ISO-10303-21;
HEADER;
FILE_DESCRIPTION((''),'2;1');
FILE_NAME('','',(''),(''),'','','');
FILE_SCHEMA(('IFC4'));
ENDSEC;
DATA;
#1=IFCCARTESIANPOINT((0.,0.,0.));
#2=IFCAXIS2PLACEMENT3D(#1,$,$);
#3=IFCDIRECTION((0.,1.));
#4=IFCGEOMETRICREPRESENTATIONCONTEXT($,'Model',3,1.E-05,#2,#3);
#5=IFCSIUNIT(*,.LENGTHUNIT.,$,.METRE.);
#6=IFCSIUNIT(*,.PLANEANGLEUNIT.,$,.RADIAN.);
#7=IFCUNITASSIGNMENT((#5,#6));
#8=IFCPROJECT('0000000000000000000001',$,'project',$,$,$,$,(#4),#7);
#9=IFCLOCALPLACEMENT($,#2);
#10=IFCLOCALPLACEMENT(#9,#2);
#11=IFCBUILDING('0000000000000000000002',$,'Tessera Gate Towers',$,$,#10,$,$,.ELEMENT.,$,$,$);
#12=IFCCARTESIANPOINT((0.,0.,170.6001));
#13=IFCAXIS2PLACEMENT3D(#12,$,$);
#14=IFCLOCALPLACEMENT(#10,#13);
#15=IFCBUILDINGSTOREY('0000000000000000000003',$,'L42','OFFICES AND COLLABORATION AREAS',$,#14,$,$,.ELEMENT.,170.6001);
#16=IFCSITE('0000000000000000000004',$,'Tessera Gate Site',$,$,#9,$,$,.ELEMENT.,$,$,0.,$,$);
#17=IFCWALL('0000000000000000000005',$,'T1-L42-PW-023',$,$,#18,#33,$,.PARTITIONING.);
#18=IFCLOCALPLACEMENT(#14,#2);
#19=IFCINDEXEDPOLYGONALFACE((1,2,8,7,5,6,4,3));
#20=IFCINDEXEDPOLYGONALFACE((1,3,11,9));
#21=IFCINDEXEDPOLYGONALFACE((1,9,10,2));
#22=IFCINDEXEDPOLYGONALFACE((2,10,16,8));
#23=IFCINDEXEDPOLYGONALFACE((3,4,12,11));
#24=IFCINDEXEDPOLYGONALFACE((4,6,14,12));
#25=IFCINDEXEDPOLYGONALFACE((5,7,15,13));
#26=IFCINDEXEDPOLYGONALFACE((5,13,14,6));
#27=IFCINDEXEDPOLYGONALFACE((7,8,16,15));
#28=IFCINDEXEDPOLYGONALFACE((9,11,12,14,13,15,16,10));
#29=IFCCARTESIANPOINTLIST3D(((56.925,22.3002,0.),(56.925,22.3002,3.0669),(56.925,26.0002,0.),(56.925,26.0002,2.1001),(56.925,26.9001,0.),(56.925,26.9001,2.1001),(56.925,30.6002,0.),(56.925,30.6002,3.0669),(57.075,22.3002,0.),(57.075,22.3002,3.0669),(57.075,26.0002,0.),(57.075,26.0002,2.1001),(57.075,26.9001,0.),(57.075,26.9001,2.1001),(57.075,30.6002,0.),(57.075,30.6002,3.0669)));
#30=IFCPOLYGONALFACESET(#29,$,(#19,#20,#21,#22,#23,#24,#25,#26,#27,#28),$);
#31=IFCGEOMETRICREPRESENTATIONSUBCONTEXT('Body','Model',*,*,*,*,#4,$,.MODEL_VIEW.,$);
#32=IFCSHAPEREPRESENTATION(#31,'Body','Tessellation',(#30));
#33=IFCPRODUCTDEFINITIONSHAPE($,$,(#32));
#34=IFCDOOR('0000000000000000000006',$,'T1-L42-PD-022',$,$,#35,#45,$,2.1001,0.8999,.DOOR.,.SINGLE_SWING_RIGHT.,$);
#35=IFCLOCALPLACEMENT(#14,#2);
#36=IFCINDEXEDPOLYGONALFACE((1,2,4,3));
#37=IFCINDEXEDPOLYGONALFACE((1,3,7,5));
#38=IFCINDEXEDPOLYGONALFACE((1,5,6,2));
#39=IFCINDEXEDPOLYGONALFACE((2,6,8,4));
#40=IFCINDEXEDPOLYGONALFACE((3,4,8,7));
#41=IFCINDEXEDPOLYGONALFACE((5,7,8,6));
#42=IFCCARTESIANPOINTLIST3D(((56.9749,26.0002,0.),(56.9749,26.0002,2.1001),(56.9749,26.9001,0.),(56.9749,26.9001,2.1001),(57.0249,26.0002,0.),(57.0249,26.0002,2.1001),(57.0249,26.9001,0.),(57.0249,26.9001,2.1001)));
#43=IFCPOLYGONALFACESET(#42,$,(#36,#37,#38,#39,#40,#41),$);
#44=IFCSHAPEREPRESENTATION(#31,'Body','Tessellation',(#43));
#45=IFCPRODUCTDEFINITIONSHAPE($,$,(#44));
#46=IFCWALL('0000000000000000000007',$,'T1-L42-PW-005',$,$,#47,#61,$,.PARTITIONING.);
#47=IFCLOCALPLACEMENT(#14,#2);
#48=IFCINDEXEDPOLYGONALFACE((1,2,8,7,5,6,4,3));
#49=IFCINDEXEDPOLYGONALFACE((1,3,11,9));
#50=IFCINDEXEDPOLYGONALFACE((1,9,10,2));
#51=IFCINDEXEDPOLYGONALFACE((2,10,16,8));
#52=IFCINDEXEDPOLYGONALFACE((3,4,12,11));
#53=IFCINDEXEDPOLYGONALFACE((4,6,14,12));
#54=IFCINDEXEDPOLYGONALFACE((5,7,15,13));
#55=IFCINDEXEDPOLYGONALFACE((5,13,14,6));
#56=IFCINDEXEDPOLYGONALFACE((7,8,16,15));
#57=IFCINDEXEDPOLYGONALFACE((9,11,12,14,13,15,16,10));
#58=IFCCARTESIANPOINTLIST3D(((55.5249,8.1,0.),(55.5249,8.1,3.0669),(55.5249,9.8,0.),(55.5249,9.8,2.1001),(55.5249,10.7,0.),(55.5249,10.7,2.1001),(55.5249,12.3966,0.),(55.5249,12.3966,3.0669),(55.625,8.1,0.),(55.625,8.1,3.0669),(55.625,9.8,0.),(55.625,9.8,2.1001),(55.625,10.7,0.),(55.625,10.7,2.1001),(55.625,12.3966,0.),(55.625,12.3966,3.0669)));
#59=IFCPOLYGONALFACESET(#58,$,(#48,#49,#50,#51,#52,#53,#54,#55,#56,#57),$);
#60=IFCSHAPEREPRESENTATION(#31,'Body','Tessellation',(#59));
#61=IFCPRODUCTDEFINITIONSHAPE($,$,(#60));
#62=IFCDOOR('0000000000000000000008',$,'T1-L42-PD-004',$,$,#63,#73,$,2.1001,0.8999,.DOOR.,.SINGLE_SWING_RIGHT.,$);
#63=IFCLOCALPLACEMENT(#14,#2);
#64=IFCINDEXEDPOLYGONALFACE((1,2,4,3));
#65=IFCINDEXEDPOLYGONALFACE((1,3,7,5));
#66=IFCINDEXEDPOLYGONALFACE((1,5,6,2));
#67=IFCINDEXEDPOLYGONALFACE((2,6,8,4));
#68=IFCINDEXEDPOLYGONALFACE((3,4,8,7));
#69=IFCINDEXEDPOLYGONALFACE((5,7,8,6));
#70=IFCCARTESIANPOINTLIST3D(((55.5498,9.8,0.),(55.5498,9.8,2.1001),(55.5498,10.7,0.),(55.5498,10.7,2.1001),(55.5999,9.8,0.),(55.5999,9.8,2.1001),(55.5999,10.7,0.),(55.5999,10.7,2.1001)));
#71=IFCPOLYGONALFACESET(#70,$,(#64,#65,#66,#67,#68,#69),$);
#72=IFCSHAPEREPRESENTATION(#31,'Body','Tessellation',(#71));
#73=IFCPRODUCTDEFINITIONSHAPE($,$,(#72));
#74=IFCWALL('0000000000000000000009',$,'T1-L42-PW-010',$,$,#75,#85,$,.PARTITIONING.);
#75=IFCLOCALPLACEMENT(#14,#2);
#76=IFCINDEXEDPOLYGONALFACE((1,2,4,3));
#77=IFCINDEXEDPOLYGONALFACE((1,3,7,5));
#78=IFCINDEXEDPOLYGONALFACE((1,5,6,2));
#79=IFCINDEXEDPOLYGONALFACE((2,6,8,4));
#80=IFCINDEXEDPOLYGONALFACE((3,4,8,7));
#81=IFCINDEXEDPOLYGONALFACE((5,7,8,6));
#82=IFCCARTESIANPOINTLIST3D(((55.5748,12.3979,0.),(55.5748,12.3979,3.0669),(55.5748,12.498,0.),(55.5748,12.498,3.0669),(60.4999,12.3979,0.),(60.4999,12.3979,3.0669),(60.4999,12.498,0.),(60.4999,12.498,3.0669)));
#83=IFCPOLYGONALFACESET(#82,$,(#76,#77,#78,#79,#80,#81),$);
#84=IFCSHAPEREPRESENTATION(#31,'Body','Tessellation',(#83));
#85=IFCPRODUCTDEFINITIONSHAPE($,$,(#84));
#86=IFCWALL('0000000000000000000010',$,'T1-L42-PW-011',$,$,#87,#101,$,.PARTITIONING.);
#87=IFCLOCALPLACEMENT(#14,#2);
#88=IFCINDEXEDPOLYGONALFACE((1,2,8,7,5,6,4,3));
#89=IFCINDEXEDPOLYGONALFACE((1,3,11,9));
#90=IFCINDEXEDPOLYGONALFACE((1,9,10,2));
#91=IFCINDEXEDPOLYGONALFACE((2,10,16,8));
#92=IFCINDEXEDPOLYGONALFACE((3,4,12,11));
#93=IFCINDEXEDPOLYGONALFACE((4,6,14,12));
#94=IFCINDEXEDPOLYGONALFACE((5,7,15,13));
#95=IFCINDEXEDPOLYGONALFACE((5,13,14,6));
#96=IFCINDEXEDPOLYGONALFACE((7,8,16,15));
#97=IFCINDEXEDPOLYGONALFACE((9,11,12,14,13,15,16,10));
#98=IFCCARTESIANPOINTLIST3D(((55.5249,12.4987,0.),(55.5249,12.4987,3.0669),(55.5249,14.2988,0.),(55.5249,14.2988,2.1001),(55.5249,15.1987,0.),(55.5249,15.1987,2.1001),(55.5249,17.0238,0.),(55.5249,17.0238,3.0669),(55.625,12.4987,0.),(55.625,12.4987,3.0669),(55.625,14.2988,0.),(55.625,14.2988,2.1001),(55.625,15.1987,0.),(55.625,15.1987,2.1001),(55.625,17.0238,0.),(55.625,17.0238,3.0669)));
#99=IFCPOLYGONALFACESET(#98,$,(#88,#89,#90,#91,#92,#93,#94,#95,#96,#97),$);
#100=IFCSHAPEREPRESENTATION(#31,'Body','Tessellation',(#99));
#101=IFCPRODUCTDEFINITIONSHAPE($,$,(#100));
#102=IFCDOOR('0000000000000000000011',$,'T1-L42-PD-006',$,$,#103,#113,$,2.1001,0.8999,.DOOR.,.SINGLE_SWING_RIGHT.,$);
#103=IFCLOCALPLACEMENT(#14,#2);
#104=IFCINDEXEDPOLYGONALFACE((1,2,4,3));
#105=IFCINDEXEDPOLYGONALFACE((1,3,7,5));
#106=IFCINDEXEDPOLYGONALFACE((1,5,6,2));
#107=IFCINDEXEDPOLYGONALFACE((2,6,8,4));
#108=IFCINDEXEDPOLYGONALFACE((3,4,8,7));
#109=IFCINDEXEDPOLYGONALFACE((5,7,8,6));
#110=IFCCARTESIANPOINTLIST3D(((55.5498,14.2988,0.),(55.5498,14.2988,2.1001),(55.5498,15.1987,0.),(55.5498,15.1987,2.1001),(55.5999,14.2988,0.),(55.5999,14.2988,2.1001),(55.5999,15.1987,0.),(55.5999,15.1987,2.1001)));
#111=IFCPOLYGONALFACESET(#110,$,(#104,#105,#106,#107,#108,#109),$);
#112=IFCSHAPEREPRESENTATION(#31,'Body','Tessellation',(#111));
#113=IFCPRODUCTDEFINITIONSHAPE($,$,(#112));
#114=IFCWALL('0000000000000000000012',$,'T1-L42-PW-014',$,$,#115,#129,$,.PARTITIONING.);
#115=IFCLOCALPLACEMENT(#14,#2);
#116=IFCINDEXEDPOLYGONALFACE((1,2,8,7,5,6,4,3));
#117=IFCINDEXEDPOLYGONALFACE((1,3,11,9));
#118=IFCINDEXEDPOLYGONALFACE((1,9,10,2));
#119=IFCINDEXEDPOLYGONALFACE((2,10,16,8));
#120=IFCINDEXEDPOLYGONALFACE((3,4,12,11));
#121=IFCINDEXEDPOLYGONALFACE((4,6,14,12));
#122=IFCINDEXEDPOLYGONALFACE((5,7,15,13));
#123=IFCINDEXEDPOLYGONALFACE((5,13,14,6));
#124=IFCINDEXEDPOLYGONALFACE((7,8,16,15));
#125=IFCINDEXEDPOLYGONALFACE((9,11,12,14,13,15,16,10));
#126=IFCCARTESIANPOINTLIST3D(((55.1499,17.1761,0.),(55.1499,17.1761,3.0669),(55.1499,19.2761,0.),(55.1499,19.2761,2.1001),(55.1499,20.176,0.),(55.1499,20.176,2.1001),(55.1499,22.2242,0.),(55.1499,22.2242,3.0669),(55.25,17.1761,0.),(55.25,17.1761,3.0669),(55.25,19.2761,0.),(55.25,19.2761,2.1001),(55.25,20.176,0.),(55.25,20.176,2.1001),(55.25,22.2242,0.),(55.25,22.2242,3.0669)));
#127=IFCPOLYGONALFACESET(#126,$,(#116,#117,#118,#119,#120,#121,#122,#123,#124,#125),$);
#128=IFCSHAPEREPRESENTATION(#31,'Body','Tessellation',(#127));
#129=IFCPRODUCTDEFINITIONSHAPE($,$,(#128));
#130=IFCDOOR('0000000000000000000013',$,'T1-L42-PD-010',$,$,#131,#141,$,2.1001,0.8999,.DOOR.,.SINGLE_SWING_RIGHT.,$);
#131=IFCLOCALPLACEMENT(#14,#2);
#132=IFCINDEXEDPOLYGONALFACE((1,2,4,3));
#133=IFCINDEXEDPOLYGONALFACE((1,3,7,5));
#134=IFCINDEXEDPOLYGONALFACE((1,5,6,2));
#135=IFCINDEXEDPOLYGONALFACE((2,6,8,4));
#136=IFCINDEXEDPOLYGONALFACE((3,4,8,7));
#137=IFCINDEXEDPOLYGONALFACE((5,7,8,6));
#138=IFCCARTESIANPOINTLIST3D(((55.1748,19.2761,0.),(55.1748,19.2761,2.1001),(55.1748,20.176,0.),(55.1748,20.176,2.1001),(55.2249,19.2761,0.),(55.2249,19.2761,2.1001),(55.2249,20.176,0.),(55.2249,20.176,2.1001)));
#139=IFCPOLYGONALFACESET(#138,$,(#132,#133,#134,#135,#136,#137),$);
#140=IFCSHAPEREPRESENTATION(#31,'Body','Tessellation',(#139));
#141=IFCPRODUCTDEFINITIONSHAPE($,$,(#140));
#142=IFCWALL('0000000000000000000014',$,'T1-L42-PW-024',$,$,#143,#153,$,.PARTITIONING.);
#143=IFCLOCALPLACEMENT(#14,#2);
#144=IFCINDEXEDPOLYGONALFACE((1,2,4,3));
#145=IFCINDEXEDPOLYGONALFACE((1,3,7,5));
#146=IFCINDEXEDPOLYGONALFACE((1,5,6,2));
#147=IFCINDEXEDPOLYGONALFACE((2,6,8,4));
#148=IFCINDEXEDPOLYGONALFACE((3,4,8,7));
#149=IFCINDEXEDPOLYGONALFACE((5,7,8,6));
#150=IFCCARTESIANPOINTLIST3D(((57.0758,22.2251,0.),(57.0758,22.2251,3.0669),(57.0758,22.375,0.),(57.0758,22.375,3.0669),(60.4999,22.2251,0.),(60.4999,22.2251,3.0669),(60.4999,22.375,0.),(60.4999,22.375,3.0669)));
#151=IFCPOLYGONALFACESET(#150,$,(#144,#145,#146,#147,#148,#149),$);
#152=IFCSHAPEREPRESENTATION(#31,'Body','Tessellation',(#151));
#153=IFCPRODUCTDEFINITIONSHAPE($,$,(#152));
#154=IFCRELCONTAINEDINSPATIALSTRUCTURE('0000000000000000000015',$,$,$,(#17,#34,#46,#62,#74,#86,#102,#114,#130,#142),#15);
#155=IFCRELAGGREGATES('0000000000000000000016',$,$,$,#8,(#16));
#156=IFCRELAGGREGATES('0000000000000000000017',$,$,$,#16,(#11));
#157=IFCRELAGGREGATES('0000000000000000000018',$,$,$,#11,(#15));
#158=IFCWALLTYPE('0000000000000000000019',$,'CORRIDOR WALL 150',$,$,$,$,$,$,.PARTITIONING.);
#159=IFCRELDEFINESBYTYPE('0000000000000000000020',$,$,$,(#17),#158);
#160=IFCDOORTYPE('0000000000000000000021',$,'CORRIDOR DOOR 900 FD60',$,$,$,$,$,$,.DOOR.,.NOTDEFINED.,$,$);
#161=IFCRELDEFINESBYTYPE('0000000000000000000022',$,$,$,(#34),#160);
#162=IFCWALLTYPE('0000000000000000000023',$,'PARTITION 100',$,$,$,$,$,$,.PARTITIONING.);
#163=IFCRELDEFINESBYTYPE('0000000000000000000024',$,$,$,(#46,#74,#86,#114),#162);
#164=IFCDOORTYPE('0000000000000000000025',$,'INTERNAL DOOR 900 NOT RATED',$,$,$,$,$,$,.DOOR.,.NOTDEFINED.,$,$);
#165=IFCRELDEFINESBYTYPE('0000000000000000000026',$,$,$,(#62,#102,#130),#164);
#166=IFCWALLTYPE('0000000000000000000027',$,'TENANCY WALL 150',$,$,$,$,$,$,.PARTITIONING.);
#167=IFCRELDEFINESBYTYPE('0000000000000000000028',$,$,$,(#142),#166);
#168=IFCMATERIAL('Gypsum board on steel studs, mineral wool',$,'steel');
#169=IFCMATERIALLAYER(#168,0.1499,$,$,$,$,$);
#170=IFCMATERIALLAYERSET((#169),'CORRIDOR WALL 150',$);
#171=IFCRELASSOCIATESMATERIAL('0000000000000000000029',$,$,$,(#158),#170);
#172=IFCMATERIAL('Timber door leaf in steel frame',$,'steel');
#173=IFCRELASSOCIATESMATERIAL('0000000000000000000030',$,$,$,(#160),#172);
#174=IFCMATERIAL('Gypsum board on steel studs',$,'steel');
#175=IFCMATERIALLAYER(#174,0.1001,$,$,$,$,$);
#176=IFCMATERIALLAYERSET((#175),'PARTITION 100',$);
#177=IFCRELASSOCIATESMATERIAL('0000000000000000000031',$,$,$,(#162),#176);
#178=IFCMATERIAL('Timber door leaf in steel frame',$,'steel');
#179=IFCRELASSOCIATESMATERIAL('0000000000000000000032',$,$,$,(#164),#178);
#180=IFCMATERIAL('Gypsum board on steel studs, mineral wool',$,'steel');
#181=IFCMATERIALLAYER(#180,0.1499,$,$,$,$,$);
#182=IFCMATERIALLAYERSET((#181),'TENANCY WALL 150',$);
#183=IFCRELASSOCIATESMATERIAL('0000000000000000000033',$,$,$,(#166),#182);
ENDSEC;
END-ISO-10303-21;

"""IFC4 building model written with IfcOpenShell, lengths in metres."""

from ifc_helpers import new_model, si_unit, direction, frame, frame_2d, origin, place, context, subcontext, project, spatial, rectangle, extrude, source, transform, mapped, material, layer, layer_set, type_object, element, fill, save


model = new_model("IFC4")

# Units and contexts
model_context = context("Model", 3, precision=1e-05, world=origin(), true_north=direction((0.0, 1.0)))
body_context = subcontext(model_context, "Body", "Model", "MODEL_VIEW")
ifc_project = project(units=[si_unit("LENGTHUNIT", "METRE"), si_unit("PLANEANGLEUNIT", "RADIAN")], contexts=[model_context])

# Site, building, storey
site_placement = place(None, origin())
site = spatial("IfcSite", under=ifc_project, at=site_placement, Name="Tessera Gate Site", CompositionType="ELEMENT", RefElevation=0.0)
building_placement = place(site_placement, origin())
building = spatial("IfcBuilding", under=site, at=building_placement, Name="Tessera Gate Towers", CompositionType="ELEMENT")
storey_placement = place(building_placement, frame((0.0, 0.0, 170.6001)))
storey = spatial("IfcBuildingStorey", under=building, at=storey_placement, Name="L42", Description="OFFICES AND COLLABORATION AREAS", CompositionType="ELEMENT", Elevation=170.6001)

# Walls, openings, doors
ifc_material_1 = material(Name="Gypsum board on steel studs, mineral wool", Category="steel")
ifc_layer_1 = layer(ifc_material_1, 0.1499)
ifc_layer_set_1 = layer_set([ifc_layer_1], Name="CORRIDOR WALL 150")
wall_type_1 = type_object("IfcWallType", Name="CORRIDOR WALL 150", PredefinedType="PARTITIONING", material=ifc_layer_set_1)
wall_1_placement = place(storey_placement, frame((57.0, 30.6001, 0.0), z_axis=(0.0, 0.0, 1.0), x_axis=(0.0, -1.0, 0.0)))
wall_1 = element("IfcWall", 1, at=wall_1_placement, inside=storey, type_object=wall_type_1, Name="T1-L42-PW-023", PredefinedType="PARTITIONING", context=body_context, shape_type="SweptSolid", body=[
    extrude(rectangle(XDim=8.3, YDim=0.1499, at=frame_2d((4.1499, 0.0))), origin(), (0.0, 0.0, 1.0), 3.0669),
])
shared_shape_1 = source(origin(), body_context, "Body", "SweptSolid", [
    extrude(rectangle(XDim=0.8999, YDim=2.1001, at=frame_2d((0.45, 1.05))), frame((0.0, 0.085, 0.0), z_axis=(0.0, -1.0, 0.0), x_axis=(1.0, 0.0, 0.0)), (0.0, 0.0, 1.0), 0.1699),
])
opening_1_placement = place(wall_1_placement, frame((3.7, 0.0, 0.0)))
opening_1 = element("IfcOpeningElement", 2, at=opening_1_placement, cuts=wall_1, PredefinedType="OPENING", context=body_context, shape_type="MappedRepresentation", body=[
    mapped(shared_shape_1, transform((0.0, 0.0, 0.0), scale=1.0)),
])
ifc_material_2 = material(Name="Timber door leaf in steel frame", Category="steel")
door_type_1 = type_object("IfcDoorType", Name="CORRIDOR DOOR 900 FD60", OperationType="NOTDEFINED", PredefinedType="DOOR", material=ifc_material_2)
shared_shape_2 = source(origin(), body_context, "Body", "SweptSolid", [
    extrude(rectangle(XDim=0.8999, YDim=2.1001, at=frame_2d((0.45, 1.05))), frame((0.0, 0.0249, 0.0), z_axis=(0.0, -1.0, 0.0), x_axis=(1.0, 0.0, 0.0)), (0.0, 0.0, 1.0), 0.05),
])
door_1_placement = place(opening_1_placement, origin())
door_1 = element("IfcDoor", 3, at=door_1_placement, inside=storey, type_object=door_type_1, Name="T1-L42-PD-022", OperationType="SINGLE_SWING_RIGHT", OverallHeight=2.1001, OverallWidth=0.8999, PredefinedType="DOOR", context=body_context, shape_type="MappedRepresentation", body=[
    mapped(shared_shape_2, transform((0.0, 0.0, 0.0), scale=1.0)),
])
fill(opening_1, door_1)
ifc_material_3 = material(Name="Gypsum board on steel studs", Category="steel")
ifc_layer_2 = layer(ifc_material_3, 0.1001)
ifc_layer_set_2 = layer_set([ifc_layer_2], Name="PARTITION 100")
wall_type_2 = type_object("IfcWallType", Name="PARTITION 100", PredefinedType="PARTITIONING", material=ifc_layer_set_2)
wall_2_placement = place(storey_placement, frame((55.575, 12.3967, 0.0), z_axis=(0.0, 0.0, 1.0), x_axis=(0.0, -1.0, 0.0)))
wall_2 = element("IfcWall", 4, at=wall_2_placement, inside=storey, type_object=wall_type_2, Name="T1-L42-PW-005", PredefinedType="PARTITIONING", context=body_context, shape_type="SweptSolid", body=[
    extrude(rectangle(XDim=4.2966, YDim=0.1001, at=frame_2d((2.1484, 0.0))), origin(), (0.0, 0.0, 1.0), 3.0669),
])
shared_shape_3 = source(origin(), body_context, "Body", "SweptSolid", [
    extrude(rectangle(XDim=0.8999, YDim=2.1001, at=frame_2d((0.45, 1.05))), frame((0.0, 0.0601, 0.0), z_axis=(0.0, -1.0, 0.0), x_axis=(1.0, 0.0, 0.0)), (0.0, 0.0, 1.0), 0.1201),
])
opening_2_placement = place(wall_2_placement, frame((1.6968, 0.0, 0.0)))
opening_2 = element("IfcOpeningElement", 5, at=opening_2_placement, cuts=wall_2, PredefinedType="OPENING", context=body_context, shape_type="MappedRepresentation", body=[
    mapped(shared_shape_3, transform((0.0, 0.0, 0.0), scale=1.0)),
])
ifc_material_4 = material(Name="Timber door leaf in steel frame", Category="steel")
door_type_2 = type_object("IfcDoorType", Name="INTERNAL DOOR 900 NOT RATED", OperationType="NOTDEFINED", PredefinedType="DOOR", material=ifc_material_4)
door_2_placement = place(opening_2_placement, origin())
door_2 = element("IfcDoor", 6, at=door_2_placement, inside=storey, type_object=door_type_2, Name="T1-L42-PD-004", OperationType="SINGLE_SWING_RIGHT", OverallHeight=2.1001, OverallWidth=0.8999, PredefinedType="DOOR", context=body_context, shape_type="MappedRepresentation", body=[
    mapped(shared_shape_2, transform((0.0, 0.0, 0.0), scale=1.0)),
])
fill(opening_2, door_2)

# Wall
wall_3_placement = place(storey_placement, frame((55.575, 12.448, 0.0), z_axis=(0.0, 0.0, 1.0), x_axis=(1.0, 0.0, 0.0)))
element("IfcWall", 7, at=wall_3_placement, inside=storey, type_object=wall_type_2, Name="T1-L42-PW-010", PredefinedType="PARTITIONING", context=body_context, shape_type="SweptSolid", body=[
    extrude(rectangle(XDim=4.925, YDim=0.1001, at=frame_2d((2.4624, 0.0))), origin(), (0.0, 0.0, 1.0), 3.0669),
])

# Walls, openings, doors
wall_4_placement = place(storey_placement, frame((55.575, 17.0239, 0.0), z_axis=(0.0, 0.0, 1.0), x_axis=(0.0, -1.0, 0.0)))
wall_4 = element("IfcWall", 8, at=wall_4_placement, inside=storey, type_object=wall_type_2, Name="T1-L42-PW-011", PredefinedType="PARTITIONING", context=body_context, shape_type="SweptSolid", body=[
    extrude(rectangle(XDim=4.5251, YDim=0.1001, at=frame_2d((2.2627, 0.0))), origin(), (0.0, 0.0, 1.0), 3.0669),
])
opening_3_placement = place(wall_4_placement, frame((1.8252, 0.0, 0.0)))
opening_3 = element("IfcOpeningElement", 9, at=opening_3_placement, cuts=wall_4, PredefinedType="OPENING", context=body_context, shape_type="MappedRepresentation", body=[
    mapped(shared_shape_3, transform((0.0, 0.0, 0.0), scale=1.0)),
])
door_3_placement = place(opening_3_placement, origin())
door_3 = element("IfcDoor", 10, at=door_3_placement, inside=storey, type_object=door_type_2, Name="T1-L42-PD-006", OperationType="SINGLE_SWING_RIGHT", OverallHeight=2.1001, OverallWidth=0.8999, PredefinedType="DOOR", context=body_context, shape_type="MappedRepresentation", body=[
    mapped(shared_shape_2, transform((0.0, 0.0, 0.0), scale=1.0)),
])
fill(opening_3, door_3)
wall_5_placement = place(storey_placement, frame((55.2, 22.2241, 0.0), z_axis=(0.0, 0.0, 1.0), x_axis=(0.0, -1.0, 0.0)))
wall_5 = element("IfcWall", 11, at=wall_5_placement, inside=storey, type_object=wall_type_2, Name="T1-L42-PW-014", PredefinedType="PARTITIONING", context=body_context, shape_type="SweptSolid", body=[
    extrude(rectangle(XDim=5.0481, YDim=0.1001, at=frame_2d((2.5239, 0.0))), origin(), (0.0, 0.0, 1.0), 3.0669),
])
opening_4_placement = place(wall_5_placement, frame((2.0481, 0.0, 0.0)))
opening_4 = element("IfcOpeningElement", 12, at=opening_4_placement, cuts=wall_5, PredefinedType="OPENING", context=body_context, shape_type="MappedRepresentation", body=[
    mapped(shared_shape_3, transform((0.0, 0.0, 0.0), scale=1.0)),
])
door_4_placement = place(opening_4_placement, origin())
door_4 = element("IfcDoor", 13, at=door_4_placement, inside=storey, type_object=door_type_2, Name="T1-L42-PD-010", OperationType="SINGLE_SWING_RIGHT", OverallHeight=2.1001, OverallWidth=0.8999, PredefinedType="DOOR", context=body_context, shape_type="MappedRepresentation", body=[
    mapped(shared_shape_2, transform((0.0, 0.0, 0.0), scale=1.0)),
])
fill(opening_4, door_4)

# Wall
ifc_material_5 = material(Name="Gypsum board on steel studs, mineral wool", Category="steel")
ifc_layer_3 = layer(ifc_material_5, 0.1499)
ifc_layer_set_3 = layer_set([ifc_layer_3], Name="TENANCY WALL 150")
wall_type_3 = type_object("IfcWallType", Name="TENANCY WALL 150", PredefinedType="PARTITIONING", material=ifc_layer_set_3)
wall_6_placement = place(storey_placement, frame((57.0759, 22.3, 0.0), z_axis=(0.0, 0.0, 1.0), x_axis=(1.0, 0.0, 0.0)))
element("IfcWall", 14, at=wall_6_placement, inside=storey, type_object=wall_type_3, Name="T1-L42-PW-024", PredefinedType="PARTITIONING", context=body_context, shape_type="SweptSolid", body=[
    extrude(rectangle(XDim=3.4241, YDim=0.1499, at=frame_2d((1.7119, 0.0))), origin(), (0.0, 0.0, 1.0), 3.0669),
])

save(model, "model.ifc")
